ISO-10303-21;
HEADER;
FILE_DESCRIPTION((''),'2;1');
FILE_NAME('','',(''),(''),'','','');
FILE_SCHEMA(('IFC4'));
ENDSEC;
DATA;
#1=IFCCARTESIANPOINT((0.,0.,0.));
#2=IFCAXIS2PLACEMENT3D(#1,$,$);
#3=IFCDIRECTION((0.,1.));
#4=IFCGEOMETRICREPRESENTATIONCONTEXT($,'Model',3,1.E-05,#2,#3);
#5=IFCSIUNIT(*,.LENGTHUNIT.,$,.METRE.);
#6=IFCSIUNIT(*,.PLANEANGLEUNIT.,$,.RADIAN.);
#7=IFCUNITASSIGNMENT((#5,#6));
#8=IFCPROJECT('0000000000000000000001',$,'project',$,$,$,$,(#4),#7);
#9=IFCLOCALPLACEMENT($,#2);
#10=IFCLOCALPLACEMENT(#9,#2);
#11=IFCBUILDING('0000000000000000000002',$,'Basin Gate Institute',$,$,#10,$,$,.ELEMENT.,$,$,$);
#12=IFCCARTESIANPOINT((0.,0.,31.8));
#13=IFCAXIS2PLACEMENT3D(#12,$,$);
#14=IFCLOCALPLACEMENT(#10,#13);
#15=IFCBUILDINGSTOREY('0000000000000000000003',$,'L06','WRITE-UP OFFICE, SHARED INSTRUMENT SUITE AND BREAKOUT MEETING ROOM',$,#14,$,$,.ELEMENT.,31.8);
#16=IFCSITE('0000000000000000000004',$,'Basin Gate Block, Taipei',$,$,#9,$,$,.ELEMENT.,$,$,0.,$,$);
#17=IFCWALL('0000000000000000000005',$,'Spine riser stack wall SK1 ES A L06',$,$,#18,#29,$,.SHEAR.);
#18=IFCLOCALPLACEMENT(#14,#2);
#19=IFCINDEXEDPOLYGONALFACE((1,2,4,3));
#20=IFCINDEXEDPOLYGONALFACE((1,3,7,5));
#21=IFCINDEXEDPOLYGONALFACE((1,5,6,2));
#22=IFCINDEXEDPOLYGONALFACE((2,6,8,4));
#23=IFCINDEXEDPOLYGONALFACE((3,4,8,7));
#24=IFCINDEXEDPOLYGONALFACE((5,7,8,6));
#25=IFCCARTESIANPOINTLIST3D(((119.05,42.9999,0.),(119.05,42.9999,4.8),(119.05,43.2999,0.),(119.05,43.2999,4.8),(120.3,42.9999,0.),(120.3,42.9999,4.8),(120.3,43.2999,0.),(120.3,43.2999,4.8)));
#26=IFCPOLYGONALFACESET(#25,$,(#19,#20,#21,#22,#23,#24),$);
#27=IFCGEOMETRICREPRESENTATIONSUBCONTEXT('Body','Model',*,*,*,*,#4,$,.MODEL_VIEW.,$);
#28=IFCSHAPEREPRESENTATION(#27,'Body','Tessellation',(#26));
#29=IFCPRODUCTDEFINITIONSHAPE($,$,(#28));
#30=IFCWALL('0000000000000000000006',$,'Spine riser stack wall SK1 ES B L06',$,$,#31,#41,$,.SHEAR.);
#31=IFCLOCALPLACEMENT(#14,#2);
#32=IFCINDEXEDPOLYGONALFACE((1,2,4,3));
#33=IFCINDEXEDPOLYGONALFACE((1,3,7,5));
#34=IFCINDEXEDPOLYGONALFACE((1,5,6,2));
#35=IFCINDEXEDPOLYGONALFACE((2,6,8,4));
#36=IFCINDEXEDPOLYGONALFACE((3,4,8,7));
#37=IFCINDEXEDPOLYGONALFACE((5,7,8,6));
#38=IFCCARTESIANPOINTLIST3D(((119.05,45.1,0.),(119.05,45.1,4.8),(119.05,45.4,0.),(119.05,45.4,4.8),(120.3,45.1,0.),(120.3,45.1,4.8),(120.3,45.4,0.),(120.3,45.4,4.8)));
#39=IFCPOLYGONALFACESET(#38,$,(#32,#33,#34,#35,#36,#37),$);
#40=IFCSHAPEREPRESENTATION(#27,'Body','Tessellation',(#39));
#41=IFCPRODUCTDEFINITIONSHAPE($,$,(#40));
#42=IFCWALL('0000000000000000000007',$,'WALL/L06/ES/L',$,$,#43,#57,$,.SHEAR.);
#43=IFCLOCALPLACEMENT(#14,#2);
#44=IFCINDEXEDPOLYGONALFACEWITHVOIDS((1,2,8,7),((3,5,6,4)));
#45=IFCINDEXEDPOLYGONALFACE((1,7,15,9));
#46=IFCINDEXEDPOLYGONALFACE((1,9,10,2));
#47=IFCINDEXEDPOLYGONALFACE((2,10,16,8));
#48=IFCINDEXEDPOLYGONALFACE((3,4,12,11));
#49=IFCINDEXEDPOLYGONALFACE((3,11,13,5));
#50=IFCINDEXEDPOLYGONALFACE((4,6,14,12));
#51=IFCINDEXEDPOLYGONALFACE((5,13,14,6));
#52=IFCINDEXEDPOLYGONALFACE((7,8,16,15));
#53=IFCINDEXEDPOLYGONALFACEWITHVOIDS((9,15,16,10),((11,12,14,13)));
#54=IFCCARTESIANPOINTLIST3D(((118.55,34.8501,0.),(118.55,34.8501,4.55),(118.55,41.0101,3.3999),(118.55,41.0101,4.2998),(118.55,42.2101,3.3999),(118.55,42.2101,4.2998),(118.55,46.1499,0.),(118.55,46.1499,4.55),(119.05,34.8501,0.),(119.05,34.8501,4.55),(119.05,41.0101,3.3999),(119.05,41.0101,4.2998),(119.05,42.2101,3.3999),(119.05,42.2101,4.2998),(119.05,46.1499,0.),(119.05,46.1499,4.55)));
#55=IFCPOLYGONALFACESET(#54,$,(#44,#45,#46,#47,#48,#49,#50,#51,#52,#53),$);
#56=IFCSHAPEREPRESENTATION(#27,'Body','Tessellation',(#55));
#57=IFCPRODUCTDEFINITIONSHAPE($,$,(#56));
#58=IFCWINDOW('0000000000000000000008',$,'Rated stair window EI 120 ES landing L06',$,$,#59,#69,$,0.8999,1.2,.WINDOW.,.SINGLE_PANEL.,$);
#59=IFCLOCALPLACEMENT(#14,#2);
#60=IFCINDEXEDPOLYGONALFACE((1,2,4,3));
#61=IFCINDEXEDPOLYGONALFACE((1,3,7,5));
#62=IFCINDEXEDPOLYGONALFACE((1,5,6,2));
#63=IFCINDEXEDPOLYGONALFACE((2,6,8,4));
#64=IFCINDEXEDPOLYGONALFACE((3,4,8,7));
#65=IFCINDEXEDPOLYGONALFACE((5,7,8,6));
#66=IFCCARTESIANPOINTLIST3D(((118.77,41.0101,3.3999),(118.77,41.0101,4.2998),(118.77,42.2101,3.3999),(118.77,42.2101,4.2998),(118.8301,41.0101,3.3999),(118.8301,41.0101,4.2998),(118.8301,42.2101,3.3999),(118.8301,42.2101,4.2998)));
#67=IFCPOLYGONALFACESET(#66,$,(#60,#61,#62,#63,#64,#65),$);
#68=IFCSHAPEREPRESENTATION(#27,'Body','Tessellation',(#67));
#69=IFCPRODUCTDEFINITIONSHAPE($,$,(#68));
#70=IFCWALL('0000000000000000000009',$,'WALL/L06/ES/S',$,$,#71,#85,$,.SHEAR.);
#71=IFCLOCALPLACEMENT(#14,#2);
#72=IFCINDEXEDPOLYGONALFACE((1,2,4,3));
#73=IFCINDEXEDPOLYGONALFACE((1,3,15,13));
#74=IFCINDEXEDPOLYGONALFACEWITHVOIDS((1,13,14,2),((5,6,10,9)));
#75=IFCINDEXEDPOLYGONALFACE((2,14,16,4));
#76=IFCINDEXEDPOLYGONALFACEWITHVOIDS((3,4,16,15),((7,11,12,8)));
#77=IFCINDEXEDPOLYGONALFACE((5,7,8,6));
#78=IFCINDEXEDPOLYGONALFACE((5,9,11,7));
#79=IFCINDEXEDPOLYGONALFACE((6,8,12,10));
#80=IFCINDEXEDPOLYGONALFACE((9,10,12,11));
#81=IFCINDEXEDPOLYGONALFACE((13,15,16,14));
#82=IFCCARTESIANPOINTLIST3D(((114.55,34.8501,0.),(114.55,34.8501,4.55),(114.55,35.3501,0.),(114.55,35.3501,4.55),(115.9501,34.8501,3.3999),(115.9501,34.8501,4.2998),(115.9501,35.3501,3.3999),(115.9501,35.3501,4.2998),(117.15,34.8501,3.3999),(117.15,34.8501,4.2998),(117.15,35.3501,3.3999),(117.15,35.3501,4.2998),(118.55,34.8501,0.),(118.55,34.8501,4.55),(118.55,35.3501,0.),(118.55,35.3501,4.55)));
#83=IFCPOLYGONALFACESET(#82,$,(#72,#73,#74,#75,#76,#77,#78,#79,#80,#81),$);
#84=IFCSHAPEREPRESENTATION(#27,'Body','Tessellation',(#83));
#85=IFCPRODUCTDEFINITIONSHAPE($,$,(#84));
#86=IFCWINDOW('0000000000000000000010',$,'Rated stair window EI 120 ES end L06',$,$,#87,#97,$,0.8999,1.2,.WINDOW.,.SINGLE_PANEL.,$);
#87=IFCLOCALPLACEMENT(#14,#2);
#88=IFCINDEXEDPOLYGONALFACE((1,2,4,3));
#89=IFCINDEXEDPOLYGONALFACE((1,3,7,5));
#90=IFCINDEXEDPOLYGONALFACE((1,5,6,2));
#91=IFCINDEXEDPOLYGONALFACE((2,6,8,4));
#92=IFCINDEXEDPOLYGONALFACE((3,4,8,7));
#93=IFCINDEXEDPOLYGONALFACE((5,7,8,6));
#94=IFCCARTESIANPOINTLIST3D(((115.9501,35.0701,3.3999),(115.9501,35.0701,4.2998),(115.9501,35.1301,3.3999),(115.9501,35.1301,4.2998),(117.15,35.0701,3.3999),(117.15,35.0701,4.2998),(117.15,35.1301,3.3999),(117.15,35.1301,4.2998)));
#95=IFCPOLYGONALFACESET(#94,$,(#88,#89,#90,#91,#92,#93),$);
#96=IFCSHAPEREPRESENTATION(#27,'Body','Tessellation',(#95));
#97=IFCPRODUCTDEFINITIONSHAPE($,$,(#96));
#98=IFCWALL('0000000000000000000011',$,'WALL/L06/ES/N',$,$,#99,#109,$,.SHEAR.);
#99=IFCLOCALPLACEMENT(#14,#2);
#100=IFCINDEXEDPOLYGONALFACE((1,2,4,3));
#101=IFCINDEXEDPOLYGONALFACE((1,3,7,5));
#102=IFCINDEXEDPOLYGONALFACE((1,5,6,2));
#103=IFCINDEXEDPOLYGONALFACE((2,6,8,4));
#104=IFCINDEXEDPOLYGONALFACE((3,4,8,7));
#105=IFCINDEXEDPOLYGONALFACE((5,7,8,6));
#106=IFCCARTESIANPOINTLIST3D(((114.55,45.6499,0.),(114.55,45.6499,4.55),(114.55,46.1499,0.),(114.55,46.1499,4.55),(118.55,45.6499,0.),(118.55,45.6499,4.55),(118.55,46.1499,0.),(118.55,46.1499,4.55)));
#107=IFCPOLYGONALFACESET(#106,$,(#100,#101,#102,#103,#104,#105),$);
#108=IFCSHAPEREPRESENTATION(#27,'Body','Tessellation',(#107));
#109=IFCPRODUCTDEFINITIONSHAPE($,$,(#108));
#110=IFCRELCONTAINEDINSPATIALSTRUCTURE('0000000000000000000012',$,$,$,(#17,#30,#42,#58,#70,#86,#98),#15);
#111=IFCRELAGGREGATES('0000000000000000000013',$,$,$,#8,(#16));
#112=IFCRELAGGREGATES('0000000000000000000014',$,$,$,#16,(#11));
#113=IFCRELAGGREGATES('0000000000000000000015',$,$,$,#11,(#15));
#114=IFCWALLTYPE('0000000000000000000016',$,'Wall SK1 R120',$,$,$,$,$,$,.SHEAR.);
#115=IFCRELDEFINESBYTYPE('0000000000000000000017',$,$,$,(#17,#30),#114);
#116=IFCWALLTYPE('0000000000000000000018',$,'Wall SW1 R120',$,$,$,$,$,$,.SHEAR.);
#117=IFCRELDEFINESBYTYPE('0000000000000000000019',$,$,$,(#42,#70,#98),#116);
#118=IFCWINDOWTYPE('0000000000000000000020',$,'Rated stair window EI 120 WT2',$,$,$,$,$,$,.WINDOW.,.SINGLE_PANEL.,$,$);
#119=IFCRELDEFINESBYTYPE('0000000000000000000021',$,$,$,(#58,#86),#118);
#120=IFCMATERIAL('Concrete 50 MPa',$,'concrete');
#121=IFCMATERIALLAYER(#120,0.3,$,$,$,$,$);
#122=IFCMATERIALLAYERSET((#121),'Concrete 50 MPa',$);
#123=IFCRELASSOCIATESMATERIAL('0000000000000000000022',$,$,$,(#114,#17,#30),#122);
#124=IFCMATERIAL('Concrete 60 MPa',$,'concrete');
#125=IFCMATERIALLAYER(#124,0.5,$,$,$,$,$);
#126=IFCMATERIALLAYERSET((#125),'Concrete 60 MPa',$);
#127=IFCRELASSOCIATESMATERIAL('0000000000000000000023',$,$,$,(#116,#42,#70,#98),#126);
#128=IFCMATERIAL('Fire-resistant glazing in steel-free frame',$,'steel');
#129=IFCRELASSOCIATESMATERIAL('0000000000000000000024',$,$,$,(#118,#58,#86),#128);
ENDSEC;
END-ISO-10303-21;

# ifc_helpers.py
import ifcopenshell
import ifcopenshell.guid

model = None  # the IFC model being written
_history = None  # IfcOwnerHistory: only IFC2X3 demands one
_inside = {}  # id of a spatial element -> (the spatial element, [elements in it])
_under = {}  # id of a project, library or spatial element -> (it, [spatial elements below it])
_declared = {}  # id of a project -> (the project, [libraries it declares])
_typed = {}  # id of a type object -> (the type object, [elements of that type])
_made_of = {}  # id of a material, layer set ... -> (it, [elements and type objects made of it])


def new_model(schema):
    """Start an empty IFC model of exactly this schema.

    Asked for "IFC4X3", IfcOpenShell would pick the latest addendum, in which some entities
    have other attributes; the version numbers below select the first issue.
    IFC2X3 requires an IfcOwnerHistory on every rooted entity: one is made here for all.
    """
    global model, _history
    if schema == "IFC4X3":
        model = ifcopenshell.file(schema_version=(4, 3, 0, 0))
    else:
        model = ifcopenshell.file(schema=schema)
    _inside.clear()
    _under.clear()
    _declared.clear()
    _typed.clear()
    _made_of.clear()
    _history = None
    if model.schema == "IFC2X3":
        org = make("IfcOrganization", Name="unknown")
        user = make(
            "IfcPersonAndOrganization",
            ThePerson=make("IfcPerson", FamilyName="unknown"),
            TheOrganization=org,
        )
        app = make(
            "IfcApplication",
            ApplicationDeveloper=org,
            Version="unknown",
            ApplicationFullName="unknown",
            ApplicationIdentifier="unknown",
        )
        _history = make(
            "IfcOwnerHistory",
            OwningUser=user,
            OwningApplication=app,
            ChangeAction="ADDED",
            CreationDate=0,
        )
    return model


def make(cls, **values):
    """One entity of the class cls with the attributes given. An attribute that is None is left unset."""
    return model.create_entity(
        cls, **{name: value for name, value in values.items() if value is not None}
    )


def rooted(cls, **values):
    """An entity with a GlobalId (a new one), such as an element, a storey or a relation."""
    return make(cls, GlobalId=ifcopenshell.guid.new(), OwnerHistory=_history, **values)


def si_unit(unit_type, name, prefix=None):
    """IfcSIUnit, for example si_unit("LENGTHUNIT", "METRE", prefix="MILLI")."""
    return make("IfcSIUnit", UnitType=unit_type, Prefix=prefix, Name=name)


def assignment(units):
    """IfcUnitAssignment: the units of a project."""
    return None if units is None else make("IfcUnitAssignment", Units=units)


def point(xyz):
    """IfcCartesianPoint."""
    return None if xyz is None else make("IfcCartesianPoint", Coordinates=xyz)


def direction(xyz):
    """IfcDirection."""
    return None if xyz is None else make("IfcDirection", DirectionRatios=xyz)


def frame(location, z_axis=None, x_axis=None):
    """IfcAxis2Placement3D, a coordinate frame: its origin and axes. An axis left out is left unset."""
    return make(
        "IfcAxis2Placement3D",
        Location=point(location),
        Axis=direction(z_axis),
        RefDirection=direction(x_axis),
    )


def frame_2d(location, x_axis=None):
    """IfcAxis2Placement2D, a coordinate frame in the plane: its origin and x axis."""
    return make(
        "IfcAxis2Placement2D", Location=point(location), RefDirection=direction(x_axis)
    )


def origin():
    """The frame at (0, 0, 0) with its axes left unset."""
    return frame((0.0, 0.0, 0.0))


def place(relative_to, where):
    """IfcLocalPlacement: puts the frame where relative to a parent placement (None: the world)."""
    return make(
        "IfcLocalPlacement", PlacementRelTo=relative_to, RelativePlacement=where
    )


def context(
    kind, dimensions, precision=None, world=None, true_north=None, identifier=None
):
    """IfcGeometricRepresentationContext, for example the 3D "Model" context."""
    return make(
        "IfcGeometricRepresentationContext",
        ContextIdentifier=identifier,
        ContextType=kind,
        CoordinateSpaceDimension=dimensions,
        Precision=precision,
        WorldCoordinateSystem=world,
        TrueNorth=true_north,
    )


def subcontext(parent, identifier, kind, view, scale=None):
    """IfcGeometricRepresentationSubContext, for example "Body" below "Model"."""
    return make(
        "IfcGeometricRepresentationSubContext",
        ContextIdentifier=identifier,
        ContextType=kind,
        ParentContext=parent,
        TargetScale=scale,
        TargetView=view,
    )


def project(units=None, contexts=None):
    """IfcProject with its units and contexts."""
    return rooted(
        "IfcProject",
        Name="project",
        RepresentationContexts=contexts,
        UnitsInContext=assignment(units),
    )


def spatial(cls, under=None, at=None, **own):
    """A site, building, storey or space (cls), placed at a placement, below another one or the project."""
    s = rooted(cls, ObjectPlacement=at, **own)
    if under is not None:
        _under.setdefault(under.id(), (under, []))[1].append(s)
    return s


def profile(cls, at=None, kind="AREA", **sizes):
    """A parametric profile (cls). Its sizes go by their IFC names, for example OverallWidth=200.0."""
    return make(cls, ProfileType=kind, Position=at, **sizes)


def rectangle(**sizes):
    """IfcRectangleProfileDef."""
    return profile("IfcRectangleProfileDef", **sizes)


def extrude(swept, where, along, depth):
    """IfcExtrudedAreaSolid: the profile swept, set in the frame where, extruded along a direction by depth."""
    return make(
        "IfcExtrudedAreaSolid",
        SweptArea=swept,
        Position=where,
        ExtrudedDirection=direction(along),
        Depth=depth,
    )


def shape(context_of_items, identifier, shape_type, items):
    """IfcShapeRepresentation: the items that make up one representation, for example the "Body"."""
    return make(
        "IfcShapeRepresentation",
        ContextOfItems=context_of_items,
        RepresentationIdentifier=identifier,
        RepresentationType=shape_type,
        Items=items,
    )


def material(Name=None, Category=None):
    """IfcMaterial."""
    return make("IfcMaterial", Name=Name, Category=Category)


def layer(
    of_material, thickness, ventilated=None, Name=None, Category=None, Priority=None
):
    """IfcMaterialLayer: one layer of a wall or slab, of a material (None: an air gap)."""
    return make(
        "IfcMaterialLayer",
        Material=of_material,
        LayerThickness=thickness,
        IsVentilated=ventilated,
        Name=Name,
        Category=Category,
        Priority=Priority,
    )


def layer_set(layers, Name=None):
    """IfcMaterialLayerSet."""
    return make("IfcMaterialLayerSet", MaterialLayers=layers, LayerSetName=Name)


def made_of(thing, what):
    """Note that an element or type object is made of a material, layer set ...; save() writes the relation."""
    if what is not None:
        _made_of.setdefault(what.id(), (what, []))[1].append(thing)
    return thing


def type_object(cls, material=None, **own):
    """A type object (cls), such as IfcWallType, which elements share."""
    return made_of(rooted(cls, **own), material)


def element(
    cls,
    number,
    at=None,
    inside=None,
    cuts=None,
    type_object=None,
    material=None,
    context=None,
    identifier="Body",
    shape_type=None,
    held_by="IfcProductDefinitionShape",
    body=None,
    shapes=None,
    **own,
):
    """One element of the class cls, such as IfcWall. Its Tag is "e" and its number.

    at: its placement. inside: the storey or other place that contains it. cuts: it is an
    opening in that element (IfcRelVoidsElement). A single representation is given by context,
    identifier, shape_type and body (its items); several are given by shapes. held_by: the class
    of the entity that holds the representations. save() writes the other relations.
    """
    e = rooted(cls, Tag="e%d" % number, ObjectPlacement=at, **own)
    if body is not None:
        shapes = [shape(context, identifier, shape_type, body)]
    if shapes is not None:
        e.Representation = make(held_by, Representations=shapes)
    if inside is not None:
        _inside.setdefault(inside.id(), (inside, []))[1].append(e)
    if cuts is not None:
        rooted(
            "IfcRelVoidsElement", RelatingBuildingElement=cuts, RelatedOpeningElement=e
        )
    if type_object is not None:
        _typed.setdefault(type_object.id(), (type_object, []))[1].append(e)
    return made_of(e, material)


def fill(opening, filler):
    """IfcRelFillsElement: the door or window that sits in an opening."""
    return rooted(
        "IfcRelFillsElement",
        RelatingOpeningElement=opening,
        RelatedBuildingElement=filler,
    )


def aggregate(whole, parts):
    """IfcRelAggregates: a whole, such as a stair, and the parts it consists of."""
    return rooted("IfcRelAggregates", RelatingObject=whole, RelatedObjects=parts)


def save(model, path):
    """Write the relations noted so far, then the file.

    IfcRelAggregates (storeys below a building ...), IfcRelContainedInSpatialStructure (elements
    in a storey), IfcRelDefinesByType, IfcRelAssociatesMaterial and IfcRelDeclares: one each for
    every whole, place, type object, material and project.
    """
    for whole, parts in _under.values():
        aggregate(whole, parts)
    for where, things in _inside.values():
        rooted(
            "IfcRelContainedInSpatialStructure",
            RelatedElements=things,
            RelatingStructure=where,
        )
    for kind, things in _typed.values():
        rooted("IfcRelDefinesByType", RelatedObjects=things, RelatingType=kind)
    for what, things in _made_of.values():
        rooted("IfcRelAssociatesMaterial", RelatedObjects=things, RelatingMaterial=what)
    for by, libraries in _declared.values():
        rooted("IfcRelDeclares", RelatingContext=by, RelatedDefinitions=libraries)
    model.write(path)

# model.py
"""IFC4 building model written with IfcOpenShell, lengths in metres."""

from ifc_helpers import new_model, si_unit, direction, frame, frame_2d, origin, place, context, subcontext, project, spatial, rectangle, extrude, material, layer, layer_set, type_object, element, fill, save


model = new_model("IFC4")

# Units and contexts
model_context = context("Model", 3, precision=1e-05, world=origin(), true_north=direction((0.0, 1.0)))
body_context = subcontext(model_context, "Body", "Model", "MODEL_VIEW")
ifc_project = project(units=[si_unit("LENGTHUNIT", "METRE"), si_unit("PLANEANGLEUNIT", "RADIAN")], contexts=[model_context])

# Site, building, storey
site_placement = place(None, origin())
site = spatial("IfcSite", under=ifc_project, at=site_placement, Name="Basin Gate Block, Taipei", CompositionType="ELEMENT", RefElevation=0.0)
building_placement = place(site_placement, origin())
building = spatial("IfcBuilding", under=site, at=building_placement, Name="Basin Gate Institute", CompositionType="ELEMENT")
storey_placement = place(building_placement, frame((0.0, 0.0, 31.8)))
storey = spatial("IfcBuildingStorey", under=building, at=storey_placement, Name="L06", Description="WRITE-UP OFFICE, SHARED INSTRUMENT SUITE AND BREAKOUT MEETING ROOM", CompositionType="ELEMENT", Elevation=31.8)

# Shared definitions
ifc_material_1 = material(Name="Concrete 50 MPa", Category="concrete")
ifc_layer_1 = layer(ifc_material_1, 0.3)
ifc_layer_set_1 = layer_set([ifc_layer_1], Name="Concrete 50 MPa")
wall_type_1 = type_object("IfcWallType", Name="Wall SK1 R120", PredefinedType="SHEAR", material=ifc_layer_set_1)

# Walls
for number, where, z_axis, x_axis, name in (
    (1, (119.05, 43.1499, 0.0), (0.0, 0.0, 1.0), (1.0, 0.0, 0.0), "Spine riser stack wall SK1 ES A L06"),
    (2, (119.05, 45.25, 0.0), (0.0, 0.0, 1.0), (1.0, 0.0, 0.0), "Spine riser stack wall SK1 ES B L06"),
):
    element("IfcWall", number, at=place(storey_placement, frame(where, z_axis=z_axis, x_axis=x_axis)), inside=storey, type_object=wall_type_1, material=ifc_layer_set_1, Name=name, PredefinedType="SHEAR", context=body_context, shape_type="SweptSolid", body=[
        extrude(rectangle(XDim=1.25, YDim=0.3, at=frame_2d((0.625, 0.0))), origin(), (0.0, 0.0, 1.0), 4.8),
    ])

# Walls, openings, windows
ifc_material_2 = material(Name="Concrete 60 MPa", Category="concrete")
ifc_layer_2 = layer(ifc_material_2, 0.5)
ifc_layer_set_2 = layer_set([ifc_layer_2], Name="Concrete 60 MPa")
wall_type_2 = type_object("IfcWallType", Name="Wall SW1 R120", PredefinedType="SHEAR", material=ifc_layer_set_2)
wall_1_placement = place(storey_placement, frame((118.8, 34.8501, 0.0), z_axis=(0.0, 0.0, 1.0), x_axis=(0.0, 1.0, 0.0)))
wall_1 = element("IfcWall", 3, at=wall_1_placement, inside=storey, type_object=wall_type_2, material=ifc_layer_set_2, Name="WALL/L06/ES/L", PredefinedType="SHEAR", context=body_context, shape_type="SweptSolid", body=[
    extrude(rectangle(XDim=11.2998, YDim=0.5, at=frame_2d((5.6499, 0.0))), origin(), (0.0, 0.0, 1.0), 4.55),
])
opening_1_placement = place(wall_1_placement, frame((6.1599, 0.0, 3.3999)))
opening_1 = element("IfcOpeningElement", 4, at=opening_1_placement, cuts=wall_1, PredefinedType="OPENING", context=body_context, shape_type="SweptSolid", body=[
    extrude(rectangle(XDim=1.2, YDim=0.8999, at=frame_2d((0.6001, 0.45))), frame((0.0, 0.26, 0.0), z_axis=(0.0, -1.0, 0.0), x_axis=(1.0, 0.0, 0.0)), (0.0, 0.0, 1.0), 0.52),
])
ifc_material_3 = material(Name="Fire-resistant glazing in steel-free frame", Category="steel")
window_type_1 = type_object("IfcWindowType", Name="Rated stair window EI 120 WT2", PartitioningType="SINGLE_PANEL", PredefinedType="WINDOW", material=ifc_material_3)
window_1_placement = place(opening_1_placement, origin())
window_1 = element("IfcWindow", 5, at=window_1_placement, inside=storey, type_object=window_type_1, material=ifc_material_3, Name="Rated stair window EI 120 ES landing L06", OverallHeight=0.8999, OverallWidth=1.2, PartitioningType="SINGLE_PANEL", PredefinedType="WINDOW", context=body_context, shape_type="SweptSolid", body=[
    extrude(rectangle(XDim=1.2, YDim=0.8999, at=frame_2d((0.6001, 0.45))), frame((0.0, 0.03, 0.0), z_axis=(0.0, -1.0, 0.0), x_axis=(1.0, 0.0, 0.0)), (0.0, 0.0, 1.0), 0.0601),
])
fill(opening_1, window_1)
wall_2_placement = place(storey_placement, frame((118.55, 35.1001, 0.0), z_axis=(0.0, 0.0, 1.0), x_axis=(-1.0, 0.0, 0.0)))
wall_2 = element("IfcWall", 6, at=wall_2_placement, inside=storey, type_object=wall_type_2, material=ifc_layer_set_2, Name="WALL/L06/ES/S", PredefinedType="SHEAR", context=body_context, shape_type="SweptSolid", body=[
    extrude(rectangle(XDim=4.0, YDim=0.5, at=frame_2d((2.0, 0.0))), origin(), (0.0, 0.0, 1.0), 4.55),
])
opening_2_placement = place(wall_2_placement, frame((1.3999, 0.0, 3.3999)))
opening_2 = element("IfcOpeningElement", 7, at=opening_2_placement, cuts=wall_2, PredefinedType="OPENING", context=body_context, shape_type="SweptSolid", body=[
    extrude(rectangle(XDim=1.2, YDim=0.8999, at=frame_2d((0.6001, 0.45))), frame((0.0, 0.26, 0.0), z_axis=(0.0, -1.0, 0.0), x_axis=(1.0, 0.0, 0.0)), (0.0, 0.0, 1.0), 0.52),
])
window_2_placement = place(opening_2_placement, origin())
window_2 = element("IfcWindow", 8, at=window_2_placement, inside=storey, type_object=window_type_1, material=ifc_material_3, Name="Rated stair window EI 120 ES end L06", OverallHeight=0.8999, OverallWidth=1.2, PartitioningType="SINGLE_PANEL", PredefinedType="WINDOW", context=body_context, shape_type="SweptSolid", body=[
    extrude(rectangle(XDim=1.2, YDim=0.8999, at=frame_2d((0.6001, 0.45))), frame((0.0, 0.03, 0.0), z_axis=(0.0, -1.0, 0.0), x_axis=(1.0, 0.0, 0.0)), (0.0, 0.0, 1.0), 0.0601),
])
fill(opening_2, window_2)

# Wall
wall_3_placement = place(storey_placement, frame((118.55, 45.8999, 0.0), z_axis=(0.0, 0.0, 1.0), x_axis=(-1.0, 0.0, 0.0)))
element("IfcWall", 9, at=wall_3_placement, inside=storey, type_object=wall_type_2, material=ifc_layer_set_2, Name="WALL/L06/ES/N", PredefinedType="SHEAR", context=body_context, shape_type="SweptSolid", body=[
    extrude(rectangle(XDim=4.0, YDim=0.5, at=frame_2d((2.0, 0.0))), origin(), (0.0, 0.0, 1.0), 4.55),
])

save(model, "model.ifc")
